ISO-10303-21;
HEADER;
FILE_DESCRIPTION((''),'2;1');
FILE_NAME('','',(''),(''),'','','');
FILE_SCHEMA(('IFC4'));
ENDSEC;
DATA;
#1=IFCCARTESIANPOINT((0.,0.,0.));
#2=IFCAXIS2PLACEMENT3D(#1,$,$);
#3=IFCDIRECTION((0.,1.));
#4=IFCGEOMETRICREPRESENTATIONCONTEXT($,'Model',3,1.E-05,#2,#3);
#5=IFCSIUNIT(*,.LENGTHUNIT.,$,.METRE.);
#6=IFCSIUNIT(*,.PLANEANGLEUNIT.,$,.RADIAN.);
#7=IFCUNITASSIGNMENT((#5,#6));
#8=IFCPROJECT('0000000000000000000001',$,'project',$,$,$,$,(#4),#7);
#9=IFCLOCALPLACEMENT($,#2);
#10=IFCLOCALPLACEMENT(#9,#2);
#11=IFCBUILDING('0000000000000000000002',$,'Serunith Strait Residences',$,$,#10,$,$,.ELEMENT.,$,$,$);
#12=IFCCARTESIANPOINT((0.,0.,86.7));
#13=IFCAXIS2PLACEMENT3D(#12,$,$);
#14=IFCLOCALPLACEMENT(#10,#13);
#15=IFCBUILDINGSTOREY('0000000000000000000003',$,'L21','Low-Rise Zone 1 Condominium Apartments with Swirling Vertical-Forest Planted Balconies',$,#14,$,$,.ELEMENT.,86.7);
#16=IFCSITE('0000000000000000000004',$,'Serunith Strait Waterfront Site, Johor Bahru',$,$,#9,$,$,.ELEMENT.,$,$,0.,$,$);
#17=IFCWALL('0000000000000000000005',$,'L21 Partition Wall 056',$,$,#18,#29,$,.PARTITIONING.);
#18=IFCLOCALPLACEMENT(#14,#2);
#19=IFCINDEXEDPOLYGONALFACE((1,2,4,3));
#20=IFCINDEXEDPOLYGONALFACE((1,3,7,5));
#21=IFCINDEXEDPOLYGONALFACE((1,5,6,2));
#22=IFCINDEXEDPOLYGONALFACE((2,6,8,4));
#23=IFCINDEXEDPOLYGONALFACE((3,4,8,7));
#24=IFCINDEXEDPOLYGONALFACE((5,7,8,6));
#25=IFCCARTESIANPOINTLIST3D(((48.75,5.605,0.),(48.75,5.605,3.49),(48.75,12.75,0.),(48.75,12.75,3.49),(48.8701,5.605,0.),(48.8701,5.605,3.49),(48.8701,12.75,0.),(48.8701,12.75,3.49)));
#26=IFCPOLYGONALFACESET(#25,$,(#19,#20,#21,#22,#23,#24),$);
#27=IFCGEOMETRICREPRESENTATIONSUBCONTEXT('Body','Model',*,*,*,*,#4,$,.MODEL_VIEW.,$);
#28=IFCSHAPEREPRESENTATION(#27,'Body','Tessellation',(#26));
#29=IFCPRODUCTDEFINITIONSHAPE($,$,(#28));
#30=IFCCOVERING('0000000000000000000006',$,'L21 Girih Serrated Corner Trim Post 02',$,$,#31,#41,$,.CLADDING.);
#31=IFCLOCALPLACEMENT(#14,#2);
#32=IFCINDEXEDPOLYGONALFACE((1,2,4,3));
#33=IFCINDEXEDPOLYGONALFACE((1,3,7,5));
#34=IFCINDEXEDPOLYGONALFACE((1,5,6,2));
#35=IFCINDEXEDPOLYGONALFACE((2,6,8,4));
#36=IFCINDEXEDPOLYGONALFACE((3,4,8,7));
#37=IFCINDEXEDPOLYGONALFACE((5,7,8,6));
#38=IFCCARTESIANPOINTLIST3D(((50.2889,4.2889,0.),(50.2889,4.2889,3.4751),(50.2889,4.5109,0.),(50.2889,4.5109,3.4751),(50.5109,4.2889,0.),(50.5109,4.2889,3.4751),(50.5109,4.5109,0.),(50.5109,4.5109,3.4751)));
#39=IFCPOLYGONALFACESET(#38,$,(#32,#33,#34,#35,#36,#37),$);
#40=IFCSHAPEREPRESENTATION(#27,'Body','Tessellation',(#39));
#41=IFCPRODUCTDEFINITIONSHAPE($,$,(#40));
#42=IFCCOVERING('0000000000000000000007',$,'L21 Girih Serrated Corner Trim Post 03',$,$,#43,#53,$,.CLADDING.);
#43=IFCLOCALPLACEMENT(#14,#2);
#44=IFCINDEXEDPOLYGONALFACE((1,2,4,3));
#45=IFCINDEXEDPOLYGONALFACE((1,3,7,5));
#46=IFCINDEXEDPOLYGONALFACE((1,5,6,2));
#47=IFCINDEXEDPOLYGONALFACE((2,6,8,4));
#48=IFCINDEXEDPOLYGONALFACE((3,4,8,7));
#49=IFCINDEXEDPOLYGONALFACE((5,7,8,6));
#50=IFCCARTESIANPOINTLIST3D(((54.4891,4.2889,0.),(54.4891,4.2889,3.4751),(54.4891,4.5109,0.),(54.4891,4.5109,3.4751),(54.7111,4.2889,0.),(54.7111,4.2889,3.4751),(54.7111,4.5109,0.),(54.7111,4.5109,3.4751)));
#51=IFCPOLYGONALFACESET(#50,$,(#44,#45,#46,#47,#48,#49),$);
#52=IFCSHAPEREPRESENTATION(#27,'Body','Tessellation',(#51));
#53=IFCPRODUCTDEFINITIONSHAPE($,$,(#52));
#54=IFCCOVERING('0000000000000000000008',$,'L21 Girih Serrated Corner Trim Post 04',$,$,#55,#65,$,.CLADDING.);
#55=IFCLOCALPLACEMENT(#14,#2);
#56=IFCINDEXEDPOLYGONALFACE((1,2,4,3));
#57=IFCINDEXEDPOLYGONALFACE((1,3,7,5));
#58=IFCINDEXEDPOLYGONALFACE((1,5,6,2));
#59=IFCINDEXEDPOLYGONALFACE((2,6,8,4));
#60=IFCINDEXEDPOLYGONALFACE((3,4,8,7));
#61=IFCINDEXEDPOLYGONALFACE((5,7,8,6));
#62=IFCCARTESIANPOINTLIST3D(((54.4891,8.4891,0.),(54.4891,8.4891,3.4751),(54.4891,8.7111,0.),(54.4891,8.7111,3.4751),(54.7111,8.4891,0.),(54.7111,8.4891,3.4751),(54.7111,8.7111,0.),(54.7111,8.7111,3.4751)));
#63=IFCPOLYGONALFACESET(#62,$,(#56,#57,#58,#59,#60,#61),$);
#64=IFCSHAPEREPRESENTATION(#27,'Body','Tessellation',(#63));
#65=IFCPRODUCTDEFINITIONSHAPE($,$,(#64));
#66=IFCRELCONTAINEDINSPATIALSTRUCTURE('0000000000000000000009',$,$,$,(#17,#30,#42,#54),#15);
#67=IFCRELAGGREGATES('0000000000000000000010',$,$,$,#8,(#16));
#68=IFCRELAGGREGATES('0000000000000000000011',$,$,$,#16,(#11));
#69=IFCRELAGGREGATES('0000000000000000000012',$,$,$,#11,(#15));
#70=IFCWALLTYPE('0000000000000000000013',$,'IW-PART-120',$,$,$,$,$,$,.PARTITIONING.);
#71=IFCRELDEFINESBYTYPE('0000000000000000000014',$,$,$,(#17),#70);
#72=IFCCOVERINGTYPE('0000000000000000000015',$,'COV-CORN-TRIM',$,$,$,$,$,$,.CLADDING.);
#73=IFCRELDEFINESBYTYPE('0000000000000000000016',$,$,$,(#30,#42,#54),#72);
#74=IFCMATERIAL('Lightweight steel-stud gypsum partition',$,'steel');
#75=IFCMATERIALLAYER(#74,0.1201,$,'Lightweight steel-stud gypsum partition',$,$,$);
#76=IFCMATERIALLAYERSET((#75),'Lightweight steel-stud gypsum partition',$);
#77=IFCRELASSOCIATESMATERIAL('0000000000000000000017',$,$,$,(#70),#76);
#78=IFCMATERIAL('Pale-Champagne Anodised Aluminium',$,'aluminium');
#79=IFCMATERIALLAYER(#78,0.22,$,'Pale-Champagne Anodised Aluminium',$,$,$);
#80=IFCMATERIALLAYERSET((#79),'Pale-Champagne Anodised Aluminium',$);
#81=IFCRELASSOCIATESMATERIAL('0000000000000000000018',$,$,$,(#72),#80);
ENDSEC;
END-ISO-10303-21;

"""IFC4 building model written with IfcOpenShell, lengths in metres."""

from ifc_helpers import new_model, si_unit, direction, frame, frame_2d, origin, origin_2d, place, context, subcontext, project, spatial, rectangle, extrude, source, transform, mapped, material, layer, layer_set, type_object, element, save


model = new_model("IFC4")

# Units and contexts
model_context = context("Model", 3, precision=1e-05, world=origin(), true_north=direction((0.0, 1.0)))
body_context = subcontext(model_context, "Body", "Model", "MODEL_VIEW")
ifc_project = project(units=[si_unit("LENGTHUNIT", "METRE"), si_unit("PLANEANGLEUNIT", "RADIAN")], contexts=[model_context])

# Site, building, storey
site_placement = place(None, origin())
site = spatial("IfcSite", under=ifc_project, at=site_placement, Name="Serunith Strait Waterfront Site, Johor Bahru", CompositionType="ELEMENT", RefElevation=0.0)
building_placement = place(site_placement, origin())
building = spatial("IfcBuilding", under=site, at=building_placement, Name="Serunith Strait Residences", CompositionType="ELEMENT")
storey_placement = place(building_placement, frame((0.0, 0.0, 86.7)))
storey = spatial("IfcBuildingStorey", under=building, at=storey_placement, Name="L21", Description="Low-Rise Zone 1 Condominium Apartments with Swirling Vertical-Forest Planted Balconies", CompositionType="ELEMENT", Elevation=86.7)

# Shared definitions
ifc_material_1 = material(Name="Pale-Champagne Anodised Aluminium", Category="aluminium")

# Shared definitions
ifc_material_2 = material(Name="Lightweight steel-stud gypsum partition", Category="steel")
ifc_layer_1 = layer(ifc_material_2, 0.1201, Name="Lightweight steel-stud gypsum partition")
ifc_layer_set_1 = layer_set([ifc_layer_1], Name="Lightweight steel-stud gypsum partition")
wall_type_1 = type_object("IfcWallType", Name="IW-PART-120", PredefinedType="PARTITIONING", material=ifc_layer_set_1)

# Wall
wall_1_placement = place(storey_placement, frame((48.8101, 5.605, 0.0), z_axis=(0.0, 0.0, 1.0), x_axis=(0.0, 1.0, 0.0)))
element("IfcWall", 1, at=wall_1_placement, inside=storey, type_object=wall_type_1, Name="L21 Partition Wall 056", PredefinedType="PARTITIONING", context=body_context, shape_type="SweptSolid", body=[
    extrude(rectangle(XDim=7.145, YDim=0.1201, at=frame_2d((3.5725, 0.0))), origin(), (0.0, 0.0, 1.0), 3.49),
])

# Coverings
ifc_layer_2 = layer(ifc_material_1, 0.22, Name="Pale-Champagne Anodised Aluminium")
ifc_layer_set_2 = layer_set([ifc_layer_2], Name="Pale-Champagne Anodised Aluminium")
covering_type = type_object("IfcCoveringType", Name="COV-CORN-TRIM", PredefinedType="CLADDING", material=ifc_layer_set_2)
shared_shape_1 = source(origin(), body_context, "Body", "SweptSolid", [
    extrude(rectangle(XDim=0.2219, YDim=0.2219, at=origin_2d()), origin(), (0.0, 0.0, 1.0), 3.4751),
])
for number, where, z_axis, x_axis, name in (
    (2, (50.3999, 4.3999, 0.0), (0.0, 0.0, 1.0), (1.0, 0.0, 0.0), "L21 Girih Serrated Corner Trim Post 02"),
    (3, (54.6001, 4.3999, 0.0), (0.0, 0.0, 1.0), (1.0, 0.0, 0.0), "L21 Girih Serrated Corner Trim Post 03"),
    (4, (54.6001, 8.6001, 0.0), (0.0, 0.0, 1.0), (1.0, 0.0, 0.0), "L21 Girih Serrated Corner Trim Post 04"),
):
    element("IfcCovering", number, at=place(storey_placement, frame(where, z_axis=z_axis, x_axis=x_axis)), inside=storey, type_object=covering_type, Name=name, PredefinedType="CLADDING", context=body_context, shape_type="MappedRepresentation", body=[
        mapped(shared_shape_1, transform((0.0, 0.0, 0.0), scale=1.0)),
    ])

save(model, "model.ifc")
